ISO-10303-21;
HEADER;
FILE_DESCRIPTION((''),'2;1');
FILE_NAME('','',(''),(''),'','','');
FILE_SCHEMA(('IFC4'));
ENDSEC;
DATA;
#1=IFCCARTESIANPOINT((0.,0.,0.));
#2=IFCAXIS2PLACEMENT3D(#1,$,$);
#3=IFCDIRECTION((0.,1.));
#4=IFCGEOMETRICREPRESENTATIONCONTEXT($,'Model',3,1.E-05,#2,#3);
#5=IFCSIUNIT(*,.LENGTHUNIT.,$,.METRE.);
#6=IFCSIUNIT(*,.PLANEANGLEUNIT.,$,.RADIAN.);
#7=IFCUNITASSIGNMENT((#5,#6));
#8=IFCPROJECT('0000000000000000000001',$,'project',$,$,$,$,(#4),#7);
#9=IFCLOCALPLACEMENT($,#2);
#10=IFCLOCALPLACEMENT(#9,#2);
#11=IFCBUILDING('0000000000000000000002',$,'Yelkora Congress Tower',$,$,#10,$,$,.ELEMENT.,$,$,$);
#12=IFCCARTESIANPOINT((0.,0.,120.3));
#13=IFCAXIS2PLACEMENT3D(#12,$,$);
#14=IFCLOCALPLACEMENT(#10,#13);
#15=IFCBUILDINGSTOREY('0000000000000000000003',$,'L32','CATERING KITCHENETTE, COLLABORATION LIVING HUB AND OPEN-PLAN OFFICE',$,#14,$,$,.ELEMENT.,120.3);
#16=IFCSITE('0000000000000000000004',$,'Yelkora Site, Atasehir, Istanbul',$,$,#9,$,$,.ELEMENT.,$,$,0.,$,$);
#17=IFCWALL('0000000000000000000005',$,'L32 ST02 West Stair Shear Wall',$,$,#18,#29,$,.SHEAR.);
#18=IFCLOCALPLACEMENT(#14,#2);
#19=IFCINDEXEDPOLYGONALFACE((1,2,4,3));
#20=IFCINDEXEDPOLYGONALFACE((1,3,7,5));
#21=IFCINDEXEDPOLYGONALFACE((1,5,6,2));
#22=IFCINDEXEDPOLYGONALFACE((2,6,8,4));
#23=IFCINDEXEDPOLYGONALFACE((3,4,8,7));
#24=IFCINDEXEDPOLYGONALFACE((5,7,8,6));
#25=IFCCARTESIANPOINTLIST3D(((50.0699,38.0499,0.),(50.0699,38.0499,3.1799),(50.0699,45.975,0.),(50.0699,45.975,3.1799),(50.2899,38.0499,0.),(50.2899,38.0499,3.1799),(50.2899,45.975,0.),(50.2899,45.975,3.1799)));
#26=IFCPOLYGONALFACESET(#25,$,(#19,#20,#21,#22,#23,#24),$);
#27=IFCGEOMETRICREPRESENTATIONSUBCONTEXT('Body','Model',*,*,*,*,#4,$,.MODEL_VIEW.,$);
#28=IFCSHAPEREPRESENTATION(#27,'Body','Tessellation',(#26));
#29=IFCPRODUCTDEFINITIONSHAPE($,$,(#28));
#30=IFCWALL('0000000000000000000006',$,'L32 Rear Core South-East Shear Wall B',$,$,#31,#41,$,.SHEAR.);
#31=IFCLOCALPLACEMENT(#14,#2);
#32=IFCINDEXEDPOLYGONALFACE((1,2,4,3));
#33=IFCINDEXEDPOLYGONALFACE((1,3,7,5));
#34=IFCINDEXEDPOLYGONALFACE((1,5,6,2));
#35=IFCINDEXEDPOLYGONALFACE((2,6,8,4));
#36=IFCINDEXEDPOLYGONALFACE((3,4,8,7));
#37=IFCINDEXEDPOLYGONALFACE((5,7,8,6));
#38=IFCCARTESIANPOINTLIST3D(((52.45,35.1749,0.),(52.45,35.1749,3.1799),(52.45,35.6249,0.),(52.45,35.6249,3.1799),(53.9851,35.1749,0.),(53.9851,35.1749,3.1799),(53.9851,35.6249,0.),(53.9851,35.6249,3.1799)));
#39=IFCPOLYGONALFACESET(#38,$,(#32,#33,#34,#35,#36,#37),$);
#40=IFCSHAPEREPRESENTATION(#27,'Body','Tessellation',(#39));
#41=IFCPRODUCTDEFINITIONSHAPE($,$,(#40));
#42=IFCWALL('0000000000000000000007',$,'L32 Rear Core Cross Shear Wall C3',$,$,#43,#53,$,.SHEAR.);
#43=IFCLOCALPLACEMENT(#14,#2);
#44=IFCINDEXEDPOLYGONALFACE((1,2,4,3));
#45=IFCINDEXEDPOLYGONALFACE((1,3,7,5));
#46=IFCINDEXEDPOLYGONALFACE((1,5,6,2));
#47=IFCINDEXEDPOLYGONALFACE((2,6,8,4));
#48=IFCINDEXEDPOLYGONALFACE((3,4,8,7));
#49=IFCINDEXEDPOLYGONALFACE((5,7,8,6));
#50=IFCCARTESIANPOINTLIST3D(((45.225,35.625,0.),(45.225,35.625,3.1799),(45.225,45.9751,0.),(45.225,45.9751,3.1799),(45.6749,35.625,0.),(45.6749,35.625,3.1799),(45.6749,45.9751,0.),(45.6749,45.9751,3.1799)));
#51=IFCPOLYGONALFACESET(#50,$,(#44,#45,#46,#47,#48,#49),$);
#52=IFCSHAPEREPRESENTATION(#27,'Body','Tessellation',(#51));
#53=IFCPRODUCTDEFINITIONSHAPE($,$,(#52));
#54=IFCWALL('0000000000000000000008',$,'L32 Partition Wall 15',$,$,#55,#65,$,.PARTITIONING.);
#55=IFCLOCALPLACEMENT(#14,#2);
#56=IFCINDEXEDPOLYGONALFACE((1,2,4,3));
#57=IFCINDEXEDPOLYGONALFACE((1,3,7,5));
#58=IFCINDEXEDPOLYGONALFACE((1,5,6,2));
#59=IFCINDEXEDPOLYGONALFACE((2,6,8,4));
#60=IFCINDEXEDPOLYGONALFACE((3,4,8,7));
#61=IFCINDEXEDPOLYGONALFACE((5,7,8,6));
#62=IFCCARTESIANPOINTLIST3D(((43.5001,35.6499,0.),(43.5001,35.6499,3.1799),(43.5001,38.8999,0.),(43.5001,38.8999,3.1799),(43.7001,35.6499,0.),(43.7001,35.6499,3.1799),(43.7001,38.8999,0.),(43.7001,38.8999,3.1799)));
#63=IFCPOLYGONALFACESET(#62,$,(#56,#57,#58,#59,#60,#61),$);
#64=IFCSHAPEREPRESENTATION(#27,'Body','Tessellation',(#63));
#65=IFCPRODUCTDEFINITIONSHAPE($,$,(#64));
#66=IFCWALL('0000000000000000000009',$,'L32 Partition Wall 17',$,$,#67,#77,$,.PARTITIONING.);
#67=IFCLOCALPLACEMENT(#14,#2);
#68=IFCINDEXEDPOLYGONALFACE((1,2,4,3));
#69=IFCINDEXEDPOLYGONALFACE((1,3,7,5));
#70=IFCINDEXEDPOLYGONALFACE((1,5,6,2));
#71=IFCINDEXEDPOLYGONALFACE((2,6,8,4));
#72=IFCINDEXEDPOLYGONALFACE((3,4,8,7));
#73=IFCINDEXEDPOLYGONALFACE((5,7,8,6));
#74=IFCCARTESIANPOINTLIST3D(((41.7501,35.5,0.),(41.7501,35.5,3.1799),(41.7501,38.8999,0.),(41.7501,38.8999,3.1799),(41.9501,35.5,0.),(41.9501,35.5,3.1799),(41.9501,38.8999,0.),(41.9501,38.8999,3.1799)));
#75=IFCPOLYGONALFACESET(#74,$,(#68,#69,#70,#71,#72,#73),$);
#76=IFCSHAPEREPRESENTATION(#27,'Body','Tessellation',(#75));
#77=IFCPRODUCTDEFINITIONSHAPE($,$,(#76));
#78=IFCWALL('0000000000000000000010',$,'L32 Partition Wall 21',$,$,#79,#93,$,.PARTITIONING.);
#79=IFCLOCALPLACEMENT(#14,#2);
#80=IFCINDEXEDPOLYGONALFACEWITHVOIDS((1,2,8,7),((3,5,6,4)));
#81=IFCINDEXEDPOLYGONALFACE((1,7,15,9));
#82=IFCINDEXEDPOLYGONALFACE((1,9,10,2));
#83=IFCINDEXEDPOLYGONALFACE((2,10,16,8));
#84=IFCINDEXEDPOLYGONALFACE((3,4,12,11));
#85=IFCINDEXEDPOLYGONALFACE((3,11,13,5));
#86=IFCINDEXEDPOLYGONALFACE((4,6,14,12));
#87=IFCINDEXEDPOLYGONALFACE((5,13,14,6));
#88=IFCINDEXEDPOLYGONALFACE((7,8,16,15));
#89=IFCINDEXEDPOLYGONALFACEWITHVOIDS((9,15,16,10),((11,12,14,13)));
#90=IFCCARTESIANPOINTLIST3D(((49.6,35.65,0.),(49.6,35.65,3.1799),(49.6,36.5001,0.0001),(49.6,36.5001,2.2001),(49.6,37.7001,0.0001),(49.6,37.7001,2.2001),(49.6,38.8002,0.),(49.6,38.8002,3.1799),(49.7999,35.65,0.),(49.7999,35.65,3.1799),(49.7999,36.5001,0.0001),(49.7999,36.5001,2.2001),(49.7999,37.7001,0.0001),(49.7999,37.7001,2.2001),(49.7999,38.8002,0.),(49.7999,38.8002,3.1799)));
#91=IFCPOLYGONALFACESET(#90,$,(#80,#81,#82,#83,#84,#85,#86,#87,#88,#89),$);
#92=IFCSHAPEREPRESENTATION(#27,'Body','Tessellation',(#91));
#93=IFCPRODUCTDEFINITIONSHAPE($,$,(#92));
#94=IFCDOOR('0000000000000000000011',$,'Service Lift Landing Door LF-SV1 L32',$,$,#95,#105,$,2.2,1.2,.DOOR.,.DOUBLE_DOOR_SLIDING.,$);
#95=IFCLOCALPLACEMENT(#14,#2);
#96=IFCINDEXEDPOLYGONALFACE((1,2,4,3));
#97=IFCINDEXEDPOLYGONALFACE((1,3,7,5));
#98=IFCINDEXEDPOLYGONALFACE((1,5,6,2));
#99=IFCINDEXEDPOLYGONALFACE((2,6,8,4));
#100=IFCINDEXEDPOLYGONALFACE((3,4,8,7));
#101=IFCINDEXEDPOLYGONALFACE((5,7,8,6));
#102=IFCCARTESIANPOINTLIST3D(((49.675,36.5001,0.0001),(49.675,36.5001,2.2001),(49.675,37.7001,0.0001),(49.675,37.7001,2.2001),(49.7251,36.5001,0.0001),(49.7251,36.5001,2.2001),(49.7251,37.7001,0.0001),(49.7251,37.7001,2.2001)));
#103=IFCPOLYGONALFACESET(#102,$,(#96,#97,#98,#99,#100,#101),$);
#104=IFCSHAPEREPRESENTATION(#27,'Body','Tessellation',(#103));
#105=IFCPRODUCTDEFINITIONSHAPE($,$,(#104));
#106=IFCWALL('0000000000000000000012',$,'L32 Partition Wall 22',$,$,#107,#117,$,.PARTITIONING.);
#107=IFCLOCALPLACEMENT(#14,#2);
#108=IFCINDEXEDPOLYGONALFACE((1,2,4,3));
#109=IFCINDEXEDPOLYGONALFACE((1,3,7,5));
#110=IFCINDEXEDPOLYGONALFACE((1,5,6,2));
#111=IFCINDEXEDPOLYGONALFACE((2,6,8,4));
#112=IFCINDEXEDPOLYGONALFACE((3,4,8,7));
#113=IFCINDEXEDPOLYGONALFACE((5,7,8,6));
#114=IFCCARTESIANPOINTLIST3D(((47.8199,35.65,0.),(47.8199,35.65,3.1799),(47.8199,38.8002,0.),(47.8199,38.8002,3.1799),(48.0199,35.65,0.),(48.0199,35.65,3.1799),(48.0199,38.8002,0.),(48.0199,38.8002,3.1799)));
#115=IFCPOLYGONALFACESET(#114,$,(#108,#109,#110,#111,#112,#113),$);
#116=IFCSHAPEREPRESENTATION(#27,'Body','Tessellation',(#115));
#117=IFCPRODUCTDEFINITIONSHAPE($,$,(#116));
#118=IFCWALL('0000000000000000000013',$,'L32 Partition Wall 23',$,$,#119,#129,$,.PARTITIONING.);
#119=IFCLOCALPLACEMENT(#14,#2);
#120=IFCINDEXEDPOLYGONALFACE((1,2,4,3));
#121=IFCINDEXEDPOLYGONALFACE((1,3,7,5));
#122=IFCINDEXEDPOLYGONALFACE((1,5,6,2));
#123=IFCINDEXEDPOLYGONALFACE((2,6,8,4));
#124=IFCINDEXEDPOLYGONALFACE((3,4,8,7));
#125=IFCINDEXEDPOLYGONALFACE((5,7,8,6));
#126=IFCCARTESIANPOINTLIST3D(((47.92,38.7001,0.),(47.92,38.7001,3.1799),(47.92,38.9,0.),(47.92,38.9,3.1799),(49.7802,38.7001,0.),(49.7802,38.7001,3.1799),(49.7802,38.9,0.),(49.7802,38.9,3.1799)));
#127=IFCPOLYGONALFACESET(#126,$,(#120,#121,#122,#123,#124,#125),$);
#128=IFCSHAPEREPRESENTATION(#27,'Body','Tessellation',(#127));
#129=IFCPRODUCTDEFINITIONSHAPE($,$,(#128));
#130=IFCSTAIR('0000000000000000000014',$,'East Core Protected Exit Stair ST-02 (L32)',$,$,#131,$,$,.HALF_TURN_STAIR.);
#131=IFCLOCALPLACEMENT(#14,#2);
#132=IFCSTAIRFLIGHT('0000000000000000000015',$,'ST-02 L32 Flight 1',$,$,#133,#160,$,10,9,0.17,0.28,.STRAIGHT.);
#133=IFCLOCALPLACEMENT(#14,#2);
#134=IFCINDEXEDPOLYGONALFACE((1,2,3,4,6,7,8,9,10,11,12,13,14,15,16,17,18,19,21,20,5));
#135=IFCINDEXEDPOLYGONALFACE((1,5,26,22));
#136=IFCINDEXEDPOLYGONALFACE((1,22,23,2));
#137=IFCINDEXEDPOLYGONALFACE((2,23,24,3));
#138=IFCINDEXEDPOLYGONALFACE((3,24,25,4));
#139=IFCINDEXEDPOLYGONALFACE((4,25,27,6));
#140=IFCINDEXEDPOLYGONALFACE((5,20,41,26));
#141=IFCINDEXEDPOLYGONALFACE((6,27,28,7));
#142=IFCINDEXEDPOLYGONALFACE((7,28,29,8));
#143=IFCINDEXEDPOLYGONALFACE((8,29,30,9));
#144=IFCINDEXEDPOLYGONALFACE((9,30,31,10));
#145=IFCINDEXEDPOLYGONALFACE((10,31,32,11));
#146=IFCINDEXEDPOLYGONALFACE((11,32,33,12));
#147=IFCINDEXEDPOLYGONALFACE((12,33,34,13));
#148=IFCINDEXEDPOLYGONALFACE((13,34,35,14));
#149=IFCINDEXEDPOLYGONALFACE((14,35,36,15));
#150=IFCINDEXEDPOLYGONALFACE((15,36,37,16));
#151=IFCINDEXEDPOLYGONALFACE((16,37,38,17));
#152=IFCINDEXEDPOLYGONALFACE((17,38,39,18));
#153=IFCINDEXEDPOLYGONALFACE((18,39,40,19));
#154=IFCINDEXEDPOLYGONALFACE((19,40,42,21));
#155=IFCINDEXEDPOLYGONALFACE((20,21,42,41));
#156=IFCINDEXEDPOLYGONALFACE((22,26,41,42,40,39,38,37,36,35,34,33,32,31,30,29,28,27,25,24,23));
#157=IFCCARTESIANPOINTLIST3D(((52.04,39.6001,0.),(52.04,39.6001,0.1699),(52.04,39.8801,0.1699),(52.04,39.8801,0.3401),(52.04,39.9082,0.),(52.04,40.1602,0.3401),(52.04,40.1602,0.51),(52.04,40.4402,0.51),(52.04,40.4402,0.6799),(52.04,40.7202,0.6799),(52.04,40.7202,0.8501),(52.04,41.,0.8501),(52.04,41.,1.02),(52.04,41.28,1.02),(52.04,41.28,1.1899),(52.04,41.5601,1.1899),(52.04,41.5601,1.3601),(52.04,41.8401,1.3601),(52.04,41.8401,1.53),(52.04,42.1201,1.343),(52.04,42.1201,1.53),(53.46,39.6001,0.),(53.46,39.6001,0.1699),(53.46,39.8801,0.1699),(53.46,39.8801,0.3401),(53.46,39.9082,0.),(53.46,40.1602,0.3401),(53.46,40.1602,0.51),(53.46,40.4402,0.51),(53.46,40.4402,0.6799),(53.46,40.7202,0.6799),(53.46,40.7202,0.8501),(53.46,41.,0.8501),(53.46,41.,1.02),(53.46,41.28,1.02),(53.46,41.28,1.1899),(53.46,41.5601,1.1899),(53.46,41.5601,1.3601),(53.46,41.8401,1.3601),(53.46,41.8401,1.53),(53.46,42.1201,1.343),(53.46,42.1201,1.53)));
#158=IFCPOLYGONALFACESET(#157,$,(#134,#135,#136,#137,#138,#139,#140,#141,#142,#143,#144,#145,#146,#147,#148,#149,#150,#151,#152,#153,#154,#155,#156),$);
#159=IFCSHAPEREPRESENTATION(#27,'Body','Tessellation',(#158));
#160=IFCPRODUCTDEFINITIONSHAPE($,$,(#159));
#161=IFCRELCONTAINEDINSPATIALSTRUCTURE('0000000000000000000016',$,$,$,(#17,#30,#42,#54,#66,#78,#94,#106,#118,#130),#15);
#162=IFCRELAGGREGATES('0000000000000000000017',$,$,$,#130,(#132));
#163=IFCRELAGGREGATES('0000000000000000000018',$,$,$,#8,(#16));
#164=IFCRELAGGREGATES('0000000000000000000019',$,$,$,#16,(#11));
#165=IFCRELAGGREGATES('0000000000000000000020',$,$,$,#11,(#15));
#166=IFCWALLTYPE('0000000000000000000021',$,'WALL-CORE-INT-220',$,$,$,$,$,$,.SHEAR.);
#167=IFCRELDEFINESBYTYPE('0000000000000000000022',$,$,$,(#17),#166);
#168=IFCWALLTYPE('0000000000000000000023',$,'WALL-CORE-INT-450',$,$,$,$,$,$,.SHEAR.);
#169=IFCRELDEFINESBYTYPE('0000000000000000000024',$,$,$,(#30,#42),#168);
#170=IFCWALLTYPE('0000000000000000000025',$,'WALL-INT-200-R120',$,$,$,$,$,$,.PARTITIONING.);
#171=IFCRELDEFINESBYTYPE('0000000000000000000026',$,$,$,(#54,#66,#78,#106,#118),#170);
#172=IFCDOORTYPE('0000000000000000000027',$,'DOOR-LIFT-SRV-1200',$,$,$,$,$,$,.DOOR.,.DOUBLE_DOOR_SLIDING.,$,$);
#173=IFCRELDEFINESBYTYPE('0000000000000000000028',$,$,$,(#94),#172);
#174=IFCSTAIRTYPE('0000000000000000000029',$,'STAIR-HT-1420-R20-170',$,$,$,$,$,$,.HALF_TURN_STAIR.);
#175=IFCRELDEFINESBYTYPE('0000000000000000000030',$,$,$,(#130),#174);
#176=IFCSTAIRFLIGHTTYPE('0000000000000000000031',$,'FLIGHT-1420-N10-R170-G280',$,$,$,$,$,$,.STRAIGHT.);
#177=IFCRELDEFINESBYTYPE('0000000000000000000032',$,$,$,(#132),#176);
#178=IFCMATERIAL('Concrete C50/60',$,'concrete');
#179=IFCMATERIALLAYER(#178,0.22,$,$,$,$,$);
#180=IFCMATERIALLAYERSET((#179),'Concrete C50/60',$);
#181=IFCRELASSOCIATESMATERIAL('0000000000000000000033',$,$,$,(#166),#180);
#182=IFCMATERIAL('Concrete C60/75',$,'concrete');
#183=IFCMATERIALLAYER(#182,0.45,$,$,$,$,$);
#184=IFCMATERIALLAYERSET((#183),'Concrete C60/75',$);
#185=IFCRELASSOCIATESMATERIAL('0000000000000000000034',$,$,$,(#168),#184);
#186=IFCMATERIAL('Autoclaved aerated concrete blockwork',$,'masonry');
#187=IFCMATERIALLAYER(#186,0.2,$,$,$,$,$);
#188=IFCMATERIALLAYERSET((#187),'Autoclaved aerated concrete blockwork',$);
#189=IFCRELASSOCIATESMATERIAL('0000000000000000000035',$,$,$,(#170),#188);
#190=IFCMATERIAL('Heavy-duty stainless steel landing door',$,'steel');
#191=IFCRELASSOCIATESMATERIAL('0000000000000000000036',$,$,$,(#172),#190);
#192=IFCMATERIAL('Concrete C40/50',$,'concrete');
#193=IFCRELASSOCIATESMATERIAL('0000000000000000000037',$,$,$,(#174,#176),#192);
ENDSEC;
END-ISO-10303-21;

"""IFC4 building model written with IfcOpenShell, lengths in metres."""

from ifc_helpers import new_model, si_unit, direction, frame, frame_2d, origin, place, context, subcontext, project, spatial, polyline, rectangle, outline, extrude, material, layer, layer_set, type_object, element, fill, aggregate, save


model = new_model("IFC4")

# Units and contexts
model_context = context("Model", 3, precision=1e-05, world=origin(), true_north=direction((0.0, 1.0)))
body_context = subcontext(model_context, "Body", "Model", "MODEL_VIEW")
ifc_project = project(units=[si_unit("LENGTHUNIT", "METRE"), si_unit("PLANEANGLEUNIT", "RADIAN")], contexts=[model_context])

# Site, building, storey
site_placement = place(None, origin())
site = spatial("IfcSite", under=ifc_project, at=site_placement, Name="Yelkora Site, Atasehir, Istanbul", CompositionType="ELEMENT", RefElevation=0.0)
building_placement = place(site_placement, origin())
building = spatial("IfcBuilding", under=site, at=building_placement, Name="Yelkora Congress Tower", CompositionType="ELEMENT")
storey_placement = place(building_placement, frame((0.0, 0.0, 120.3)))
storey = spatial("IfcBuildingStorey", under=building, at=storey_placement, Name="L32", Description="CATERING KITCHENETTE, COLLABORATION LIVING HUB AND OPEN-PLAN OFFICE", CompositionType="ELEMENT", Elevation=120.3)

# Wall
ifc_material_1 = material(Name="Concrete C50/60", Category="concrete")
ifc_layer_1 = layer(ifc_material_1, 0.22)
ifc_layer_set_1 = layer_set([ifc_layer_1], Name="Concrete C50/60")
wall_type_1 = type_object("IfcWallType", Name="WALL-CORE-INT-220", PredefinedType="SHEAR", material=ifc_layer_set_1)
wall_1_placement = place(storey_placement, frame((50.1799, 38.05, 0.0), z_axis=(0.0, 0.0, 1.0), x_axis=(0.0, 1.0, 0.0)))
element("IfcWall", 1, at=wall_1_placement, inside=storey, type_object=wall_type_1, Name="L32 ST02 West Stair Shear Wall", PredefinedType="SHEAR", context=body_context, shape_type="SweptSolid", body=[
    extrude(rectangle(XDim=7.925, YDim=0.22, at=frame_2d((3.9624, 0.0))), origin(), (0.0, 0.0, 1.0), 3.1799),
])

# Shared definitions
ifc_material_2 = material(Name="Concrete C60/75", Category="concrete")
ifc_layer_2 = layer(ifc_material_2, 0.45)
ifc_layer_set_2 = layer_set([ifc_layer_2], Name="Concrete C60/75")
wall_type_2 = type_object("IfcWallType", Name="WALL-CORE-INT-450", PredefinedType="SHEAR", material=ifc_layer_set_2)

# Walls
wall_2_placement = place(storey_placement, frame((52.45, 35.3999, 0.0), z_axis=(0.0, 0.0, 1.0), x_axis=(1.0, 0.0, 0.0)))
element("IfcWall", 2, at=wall_2_placement, inside=storey, type_object=wall_type_2, Name="L32 Rear Core South-East Shear Wall B", PredefinedType="SHEAR", context=body_context, shape_type="SweptSolid", body=[
    extrude(rectangle(XDim=1.5352, YDim=0.45, at=frame_2d((0.7676, 0.0))), origin(), (0.0, 0.0, 1.0), 3.1799),
])
wall_3_placement = place(storey_placement, frame((45.45, 35.625, 0.0), z_axis=(0.0, 0.0, 1.0), x_axis=(0.0, 1.0, 0.0)))
element("IfcWall", 3, at=wall_3_placement, inside=storey, type_object=wall_type_2, Name="L32 Rear Core Cross Shear Wall C3", PredefinedType="SHEAR", context=body_context, shape_type="SweptSolid", body=[
    extrude(rectangle(XDim=10.3501, YDim=0.45, at=frame_2d((5.175, 0.0))), origin(), (0.0, 0.0, 1.0), 3.1799),
])

# Walls
ifc_material_3 = material(Name="Autoclaved aerated concrete blockwork", Category="masonry")
ifc_layer_3 = layer(ifc_material_3, 0.2)
ifc_layer_set_3 = layer_set([ifc_layer_3], Name="Autoclaved aerated concrete blockwork")
wall_type_3 = type_object("IfcWallType", Name="WALL-INT-200-R120", PredefinedType="PARTITIONING", material=ifc_layer_set_3)
wall_4_placement = place(storey_placement, frame((43.6001, 35.6499, 0.0), z_axis=(0.0, 0.0, 1.0), x_axis=(0.0, 1.0, 0.0)))
element("IfcWall", 4, at=wall_4_placement, inside=storey, type_object=wall_type_3, Name="L32 Partition Wall 15", PredefinedType="PARTITIONING", context=body_context, shape_type="SweptSolid", body=[
    extrude(rectangle(XDim=3.25, YDim=0.2, at=frame_2d((1.625, 0.0))), origin(), (0.0, 0.0, 1.0), 3.1799),
])
wall_5_placement = place(storey_placement, frame((41.8501, 35.5, 0.0), z_axis=(0.0, 0.0, 1.0), x_axis=(0.0, 1.0, 0.0)))
element("IfcWall", 5, at=wall_5_placement, inside=storey, type_object=wall_type_3, Name="L32 Partition Wall 17", PredefinedType="PARTITIONING", context=body_context, shape_type="SweptSolid", body=[
    extrude(rectangle(XDim=3.3999, YDim=0.2, at=frame_2d((1.7, 0.0))), origin(), (0.0, 0.0, 1.0), 3.1799),
])

# Wall, opening, door
wall_6_placement = place(storey_placement, frame((49.7, 35.6499, 0.0), z_axis=(0.0, 0.0, 1.0), x_axis=(0.0, 1.0, 0.0)))
wall_6 = element("IfcWall", 6, at=wall_6_placement, inside=storey, type_object=wall_type_3, Name="L32 Partition Wall 21", PredefinedType="PARTITIONING", context=body_context, shape_type="SweptSolid", body=[
    extrude(rectangle(XDim=3.1501, YDim=0.2, at=frame_2d((1.5752, 0.0))), origin(), (0.0, 0.0, 1.0), 3.1799),
])
opening_1_placement = place(wall_6_placement, frame((0.8501, 0.0, 0.0)))
opening_1 = element("IfcOpeningElement", 7, at=opening_1_placement, cuts=wall_6, PredefinedType="OPENING", context=body_context, shape_type="SweptSolid", body=[
    extrude(rectangle(XDim=1.2, YDim=2.2, at=frame_2d((0.6001, 1.1001))), frame((0.0, 0.1099, 0.0), z_axis=(0.0, -1.0, 0.0), x_axis=(1.0, 0.0, 0.0)), (0.0, 0.0, 1.0), 0.22),
])
ifc_material_4 = material(Name="Heavy-duty stainless steel landing door", Category="steel")
door_type_1 = type_object("IfcDoorType", Name="DOOR-LIFT-SRV-1200", OperationType="DOUBLE_DOOR_SLIDING", PredefinedType="DOOR", material=ifc_material_4)
door_1_placement = place(opening_1_placement, origin())
door_1 = element("IfcDoor", 8, at=door_1_placement, inside=storey, type_object=door_type_1, Name="Service Lift Landing Door LF-SV1 L32", OperationType="DOUBLE_DOOR_SLIDING", OverallHeight=2.2, OverallWidth=1.2, PredefinedType="DOOR", context=body_context, shape_type="SweptSolid", body=[
    extrude(rectangle(XDim=1.2, YDim=2.2, at=frame_2d((0.6001, 1.1001))), frame((0.0, 0.0249, 0.0), z_axis=(0.0, -1.0, 0.0), x_axis=(1.0, 0.0, 0.0)), (0.0, 0.0, 1.0), 0.05),
])
fill(opening_1, door_1)

# Walls
wall_7_placement = place(storey_placement, frame((47.9199, 35.6499, 0.0), z_axis=(0.0, 0.0, 1.0), x_axis=(0.0, 1.0, 0.0)))
element("IfcWall", 9, at=wall_7_placement, inside=storey, type_object=wall_type_3, Name="L32 Partition Wall 22", PredefinedType="PARTITIONING", context=body_context, shape_type="SweptSolid", body=[
    extrude(rectangle(XDim=3.1501, YDim=0.2, at=frame_2d((1.5752, 0.0))), origin(), (0.0, 0.0, 1.0), 3.1799),
])
wall_8_placement = place(storey_placement, frame((47.9199, 38.8, 0.0), z_axis=(0.0, 0.0, 1.0), x_axis=(1.0, 0.0, 0.0)))
element("IfcWall", 10, at=wall_8_placement, inside=storey, type_object=wall_type_3, Name="L32 Partition Wall 23", PredefinedType="PARTITIONING", context=body_context, shape_type="SweptSolid", body=[
    extrude(rectangle(XDim=1.8601, YDim=0.2, at=frame_2d((0.9302, 0.0))), origin(), (0.0, 0.0, 1.0), 3.1799),
])

# Stair, stair flight
ifc_material_5 = material(Name="Concrete C40/50", Category="concrete")
stair_type = type_object("IfcStairType", Name="STAIR-HT-1420-R20-170", PredefinedType="HALF_TURN_STAIR", material=ifc_material_5)
stair_placement = place(storey_placement, origin())
stair = element("IfcStair", 11, at=stair_placement, inside=storey, type_object=stair_type, Name="East Core Protected Exit Stair ST-02 (L32)", PredefinedType="HALF_TURN_STAIR")
stair_flight_type = type_object("IfcStairFlightType", Name="FLIGHT-1420-N10-R170-G280", PredefinedType="STRAIGHT", material=ifc_material_5)
stair_flight_placement = place(storey_placement, frame((52.75, 39.6001, 0.0), z_axis=(0.0, 0.0, 1.0), x_axis=(0.0, 1.0, 0.0)))
stair_flight = element("IfcStairFlight", 12, at=stair_flight_placement, type_object=stair_flight_type, Name="ST-02 L32 Flight 1", NumberOfRisers=10, NumberOfTreads=9, PredefinedType="STRAIGHT", RiserHeight=0.17, TreadLength=0.28, context=body_context, shape_type="SweptSolid", body=[
    extrude(outline(polyline([(0.0, 0.0), (0.0, 0.1699), (0.28, 0.1699), (0.28, 0.3401), (0.5601, 0.3401), (0.5601, 0.51), (0.8401, 0.51), (0.8401, 0.6799), (1.1201, 0.6799), (1.1201, 0.8501), (1.3999, 0.8501), (1.3999, 1.02), (1.6799, 1.02), (1.6799, 1.1899), (1.96, 1.1899), (1.96, 1.3601), (2.24, 1.3601), (2.24, 1.53), (2.52, 1.53), (2.52, 1.7), (2.52, 1.343), (0.3081, 0.0), (0.0, 0.0)])), frame((0.0, 0.71, 0.0), z_axis=(0.0, -1.0, 0.0), x_axis=(1.0, 0.0, 0.0)), (0.0, 0.0, 1.0), 1.4199),
])
aggregate(stair, [stair_flight])

save(model, "model.ifc")
